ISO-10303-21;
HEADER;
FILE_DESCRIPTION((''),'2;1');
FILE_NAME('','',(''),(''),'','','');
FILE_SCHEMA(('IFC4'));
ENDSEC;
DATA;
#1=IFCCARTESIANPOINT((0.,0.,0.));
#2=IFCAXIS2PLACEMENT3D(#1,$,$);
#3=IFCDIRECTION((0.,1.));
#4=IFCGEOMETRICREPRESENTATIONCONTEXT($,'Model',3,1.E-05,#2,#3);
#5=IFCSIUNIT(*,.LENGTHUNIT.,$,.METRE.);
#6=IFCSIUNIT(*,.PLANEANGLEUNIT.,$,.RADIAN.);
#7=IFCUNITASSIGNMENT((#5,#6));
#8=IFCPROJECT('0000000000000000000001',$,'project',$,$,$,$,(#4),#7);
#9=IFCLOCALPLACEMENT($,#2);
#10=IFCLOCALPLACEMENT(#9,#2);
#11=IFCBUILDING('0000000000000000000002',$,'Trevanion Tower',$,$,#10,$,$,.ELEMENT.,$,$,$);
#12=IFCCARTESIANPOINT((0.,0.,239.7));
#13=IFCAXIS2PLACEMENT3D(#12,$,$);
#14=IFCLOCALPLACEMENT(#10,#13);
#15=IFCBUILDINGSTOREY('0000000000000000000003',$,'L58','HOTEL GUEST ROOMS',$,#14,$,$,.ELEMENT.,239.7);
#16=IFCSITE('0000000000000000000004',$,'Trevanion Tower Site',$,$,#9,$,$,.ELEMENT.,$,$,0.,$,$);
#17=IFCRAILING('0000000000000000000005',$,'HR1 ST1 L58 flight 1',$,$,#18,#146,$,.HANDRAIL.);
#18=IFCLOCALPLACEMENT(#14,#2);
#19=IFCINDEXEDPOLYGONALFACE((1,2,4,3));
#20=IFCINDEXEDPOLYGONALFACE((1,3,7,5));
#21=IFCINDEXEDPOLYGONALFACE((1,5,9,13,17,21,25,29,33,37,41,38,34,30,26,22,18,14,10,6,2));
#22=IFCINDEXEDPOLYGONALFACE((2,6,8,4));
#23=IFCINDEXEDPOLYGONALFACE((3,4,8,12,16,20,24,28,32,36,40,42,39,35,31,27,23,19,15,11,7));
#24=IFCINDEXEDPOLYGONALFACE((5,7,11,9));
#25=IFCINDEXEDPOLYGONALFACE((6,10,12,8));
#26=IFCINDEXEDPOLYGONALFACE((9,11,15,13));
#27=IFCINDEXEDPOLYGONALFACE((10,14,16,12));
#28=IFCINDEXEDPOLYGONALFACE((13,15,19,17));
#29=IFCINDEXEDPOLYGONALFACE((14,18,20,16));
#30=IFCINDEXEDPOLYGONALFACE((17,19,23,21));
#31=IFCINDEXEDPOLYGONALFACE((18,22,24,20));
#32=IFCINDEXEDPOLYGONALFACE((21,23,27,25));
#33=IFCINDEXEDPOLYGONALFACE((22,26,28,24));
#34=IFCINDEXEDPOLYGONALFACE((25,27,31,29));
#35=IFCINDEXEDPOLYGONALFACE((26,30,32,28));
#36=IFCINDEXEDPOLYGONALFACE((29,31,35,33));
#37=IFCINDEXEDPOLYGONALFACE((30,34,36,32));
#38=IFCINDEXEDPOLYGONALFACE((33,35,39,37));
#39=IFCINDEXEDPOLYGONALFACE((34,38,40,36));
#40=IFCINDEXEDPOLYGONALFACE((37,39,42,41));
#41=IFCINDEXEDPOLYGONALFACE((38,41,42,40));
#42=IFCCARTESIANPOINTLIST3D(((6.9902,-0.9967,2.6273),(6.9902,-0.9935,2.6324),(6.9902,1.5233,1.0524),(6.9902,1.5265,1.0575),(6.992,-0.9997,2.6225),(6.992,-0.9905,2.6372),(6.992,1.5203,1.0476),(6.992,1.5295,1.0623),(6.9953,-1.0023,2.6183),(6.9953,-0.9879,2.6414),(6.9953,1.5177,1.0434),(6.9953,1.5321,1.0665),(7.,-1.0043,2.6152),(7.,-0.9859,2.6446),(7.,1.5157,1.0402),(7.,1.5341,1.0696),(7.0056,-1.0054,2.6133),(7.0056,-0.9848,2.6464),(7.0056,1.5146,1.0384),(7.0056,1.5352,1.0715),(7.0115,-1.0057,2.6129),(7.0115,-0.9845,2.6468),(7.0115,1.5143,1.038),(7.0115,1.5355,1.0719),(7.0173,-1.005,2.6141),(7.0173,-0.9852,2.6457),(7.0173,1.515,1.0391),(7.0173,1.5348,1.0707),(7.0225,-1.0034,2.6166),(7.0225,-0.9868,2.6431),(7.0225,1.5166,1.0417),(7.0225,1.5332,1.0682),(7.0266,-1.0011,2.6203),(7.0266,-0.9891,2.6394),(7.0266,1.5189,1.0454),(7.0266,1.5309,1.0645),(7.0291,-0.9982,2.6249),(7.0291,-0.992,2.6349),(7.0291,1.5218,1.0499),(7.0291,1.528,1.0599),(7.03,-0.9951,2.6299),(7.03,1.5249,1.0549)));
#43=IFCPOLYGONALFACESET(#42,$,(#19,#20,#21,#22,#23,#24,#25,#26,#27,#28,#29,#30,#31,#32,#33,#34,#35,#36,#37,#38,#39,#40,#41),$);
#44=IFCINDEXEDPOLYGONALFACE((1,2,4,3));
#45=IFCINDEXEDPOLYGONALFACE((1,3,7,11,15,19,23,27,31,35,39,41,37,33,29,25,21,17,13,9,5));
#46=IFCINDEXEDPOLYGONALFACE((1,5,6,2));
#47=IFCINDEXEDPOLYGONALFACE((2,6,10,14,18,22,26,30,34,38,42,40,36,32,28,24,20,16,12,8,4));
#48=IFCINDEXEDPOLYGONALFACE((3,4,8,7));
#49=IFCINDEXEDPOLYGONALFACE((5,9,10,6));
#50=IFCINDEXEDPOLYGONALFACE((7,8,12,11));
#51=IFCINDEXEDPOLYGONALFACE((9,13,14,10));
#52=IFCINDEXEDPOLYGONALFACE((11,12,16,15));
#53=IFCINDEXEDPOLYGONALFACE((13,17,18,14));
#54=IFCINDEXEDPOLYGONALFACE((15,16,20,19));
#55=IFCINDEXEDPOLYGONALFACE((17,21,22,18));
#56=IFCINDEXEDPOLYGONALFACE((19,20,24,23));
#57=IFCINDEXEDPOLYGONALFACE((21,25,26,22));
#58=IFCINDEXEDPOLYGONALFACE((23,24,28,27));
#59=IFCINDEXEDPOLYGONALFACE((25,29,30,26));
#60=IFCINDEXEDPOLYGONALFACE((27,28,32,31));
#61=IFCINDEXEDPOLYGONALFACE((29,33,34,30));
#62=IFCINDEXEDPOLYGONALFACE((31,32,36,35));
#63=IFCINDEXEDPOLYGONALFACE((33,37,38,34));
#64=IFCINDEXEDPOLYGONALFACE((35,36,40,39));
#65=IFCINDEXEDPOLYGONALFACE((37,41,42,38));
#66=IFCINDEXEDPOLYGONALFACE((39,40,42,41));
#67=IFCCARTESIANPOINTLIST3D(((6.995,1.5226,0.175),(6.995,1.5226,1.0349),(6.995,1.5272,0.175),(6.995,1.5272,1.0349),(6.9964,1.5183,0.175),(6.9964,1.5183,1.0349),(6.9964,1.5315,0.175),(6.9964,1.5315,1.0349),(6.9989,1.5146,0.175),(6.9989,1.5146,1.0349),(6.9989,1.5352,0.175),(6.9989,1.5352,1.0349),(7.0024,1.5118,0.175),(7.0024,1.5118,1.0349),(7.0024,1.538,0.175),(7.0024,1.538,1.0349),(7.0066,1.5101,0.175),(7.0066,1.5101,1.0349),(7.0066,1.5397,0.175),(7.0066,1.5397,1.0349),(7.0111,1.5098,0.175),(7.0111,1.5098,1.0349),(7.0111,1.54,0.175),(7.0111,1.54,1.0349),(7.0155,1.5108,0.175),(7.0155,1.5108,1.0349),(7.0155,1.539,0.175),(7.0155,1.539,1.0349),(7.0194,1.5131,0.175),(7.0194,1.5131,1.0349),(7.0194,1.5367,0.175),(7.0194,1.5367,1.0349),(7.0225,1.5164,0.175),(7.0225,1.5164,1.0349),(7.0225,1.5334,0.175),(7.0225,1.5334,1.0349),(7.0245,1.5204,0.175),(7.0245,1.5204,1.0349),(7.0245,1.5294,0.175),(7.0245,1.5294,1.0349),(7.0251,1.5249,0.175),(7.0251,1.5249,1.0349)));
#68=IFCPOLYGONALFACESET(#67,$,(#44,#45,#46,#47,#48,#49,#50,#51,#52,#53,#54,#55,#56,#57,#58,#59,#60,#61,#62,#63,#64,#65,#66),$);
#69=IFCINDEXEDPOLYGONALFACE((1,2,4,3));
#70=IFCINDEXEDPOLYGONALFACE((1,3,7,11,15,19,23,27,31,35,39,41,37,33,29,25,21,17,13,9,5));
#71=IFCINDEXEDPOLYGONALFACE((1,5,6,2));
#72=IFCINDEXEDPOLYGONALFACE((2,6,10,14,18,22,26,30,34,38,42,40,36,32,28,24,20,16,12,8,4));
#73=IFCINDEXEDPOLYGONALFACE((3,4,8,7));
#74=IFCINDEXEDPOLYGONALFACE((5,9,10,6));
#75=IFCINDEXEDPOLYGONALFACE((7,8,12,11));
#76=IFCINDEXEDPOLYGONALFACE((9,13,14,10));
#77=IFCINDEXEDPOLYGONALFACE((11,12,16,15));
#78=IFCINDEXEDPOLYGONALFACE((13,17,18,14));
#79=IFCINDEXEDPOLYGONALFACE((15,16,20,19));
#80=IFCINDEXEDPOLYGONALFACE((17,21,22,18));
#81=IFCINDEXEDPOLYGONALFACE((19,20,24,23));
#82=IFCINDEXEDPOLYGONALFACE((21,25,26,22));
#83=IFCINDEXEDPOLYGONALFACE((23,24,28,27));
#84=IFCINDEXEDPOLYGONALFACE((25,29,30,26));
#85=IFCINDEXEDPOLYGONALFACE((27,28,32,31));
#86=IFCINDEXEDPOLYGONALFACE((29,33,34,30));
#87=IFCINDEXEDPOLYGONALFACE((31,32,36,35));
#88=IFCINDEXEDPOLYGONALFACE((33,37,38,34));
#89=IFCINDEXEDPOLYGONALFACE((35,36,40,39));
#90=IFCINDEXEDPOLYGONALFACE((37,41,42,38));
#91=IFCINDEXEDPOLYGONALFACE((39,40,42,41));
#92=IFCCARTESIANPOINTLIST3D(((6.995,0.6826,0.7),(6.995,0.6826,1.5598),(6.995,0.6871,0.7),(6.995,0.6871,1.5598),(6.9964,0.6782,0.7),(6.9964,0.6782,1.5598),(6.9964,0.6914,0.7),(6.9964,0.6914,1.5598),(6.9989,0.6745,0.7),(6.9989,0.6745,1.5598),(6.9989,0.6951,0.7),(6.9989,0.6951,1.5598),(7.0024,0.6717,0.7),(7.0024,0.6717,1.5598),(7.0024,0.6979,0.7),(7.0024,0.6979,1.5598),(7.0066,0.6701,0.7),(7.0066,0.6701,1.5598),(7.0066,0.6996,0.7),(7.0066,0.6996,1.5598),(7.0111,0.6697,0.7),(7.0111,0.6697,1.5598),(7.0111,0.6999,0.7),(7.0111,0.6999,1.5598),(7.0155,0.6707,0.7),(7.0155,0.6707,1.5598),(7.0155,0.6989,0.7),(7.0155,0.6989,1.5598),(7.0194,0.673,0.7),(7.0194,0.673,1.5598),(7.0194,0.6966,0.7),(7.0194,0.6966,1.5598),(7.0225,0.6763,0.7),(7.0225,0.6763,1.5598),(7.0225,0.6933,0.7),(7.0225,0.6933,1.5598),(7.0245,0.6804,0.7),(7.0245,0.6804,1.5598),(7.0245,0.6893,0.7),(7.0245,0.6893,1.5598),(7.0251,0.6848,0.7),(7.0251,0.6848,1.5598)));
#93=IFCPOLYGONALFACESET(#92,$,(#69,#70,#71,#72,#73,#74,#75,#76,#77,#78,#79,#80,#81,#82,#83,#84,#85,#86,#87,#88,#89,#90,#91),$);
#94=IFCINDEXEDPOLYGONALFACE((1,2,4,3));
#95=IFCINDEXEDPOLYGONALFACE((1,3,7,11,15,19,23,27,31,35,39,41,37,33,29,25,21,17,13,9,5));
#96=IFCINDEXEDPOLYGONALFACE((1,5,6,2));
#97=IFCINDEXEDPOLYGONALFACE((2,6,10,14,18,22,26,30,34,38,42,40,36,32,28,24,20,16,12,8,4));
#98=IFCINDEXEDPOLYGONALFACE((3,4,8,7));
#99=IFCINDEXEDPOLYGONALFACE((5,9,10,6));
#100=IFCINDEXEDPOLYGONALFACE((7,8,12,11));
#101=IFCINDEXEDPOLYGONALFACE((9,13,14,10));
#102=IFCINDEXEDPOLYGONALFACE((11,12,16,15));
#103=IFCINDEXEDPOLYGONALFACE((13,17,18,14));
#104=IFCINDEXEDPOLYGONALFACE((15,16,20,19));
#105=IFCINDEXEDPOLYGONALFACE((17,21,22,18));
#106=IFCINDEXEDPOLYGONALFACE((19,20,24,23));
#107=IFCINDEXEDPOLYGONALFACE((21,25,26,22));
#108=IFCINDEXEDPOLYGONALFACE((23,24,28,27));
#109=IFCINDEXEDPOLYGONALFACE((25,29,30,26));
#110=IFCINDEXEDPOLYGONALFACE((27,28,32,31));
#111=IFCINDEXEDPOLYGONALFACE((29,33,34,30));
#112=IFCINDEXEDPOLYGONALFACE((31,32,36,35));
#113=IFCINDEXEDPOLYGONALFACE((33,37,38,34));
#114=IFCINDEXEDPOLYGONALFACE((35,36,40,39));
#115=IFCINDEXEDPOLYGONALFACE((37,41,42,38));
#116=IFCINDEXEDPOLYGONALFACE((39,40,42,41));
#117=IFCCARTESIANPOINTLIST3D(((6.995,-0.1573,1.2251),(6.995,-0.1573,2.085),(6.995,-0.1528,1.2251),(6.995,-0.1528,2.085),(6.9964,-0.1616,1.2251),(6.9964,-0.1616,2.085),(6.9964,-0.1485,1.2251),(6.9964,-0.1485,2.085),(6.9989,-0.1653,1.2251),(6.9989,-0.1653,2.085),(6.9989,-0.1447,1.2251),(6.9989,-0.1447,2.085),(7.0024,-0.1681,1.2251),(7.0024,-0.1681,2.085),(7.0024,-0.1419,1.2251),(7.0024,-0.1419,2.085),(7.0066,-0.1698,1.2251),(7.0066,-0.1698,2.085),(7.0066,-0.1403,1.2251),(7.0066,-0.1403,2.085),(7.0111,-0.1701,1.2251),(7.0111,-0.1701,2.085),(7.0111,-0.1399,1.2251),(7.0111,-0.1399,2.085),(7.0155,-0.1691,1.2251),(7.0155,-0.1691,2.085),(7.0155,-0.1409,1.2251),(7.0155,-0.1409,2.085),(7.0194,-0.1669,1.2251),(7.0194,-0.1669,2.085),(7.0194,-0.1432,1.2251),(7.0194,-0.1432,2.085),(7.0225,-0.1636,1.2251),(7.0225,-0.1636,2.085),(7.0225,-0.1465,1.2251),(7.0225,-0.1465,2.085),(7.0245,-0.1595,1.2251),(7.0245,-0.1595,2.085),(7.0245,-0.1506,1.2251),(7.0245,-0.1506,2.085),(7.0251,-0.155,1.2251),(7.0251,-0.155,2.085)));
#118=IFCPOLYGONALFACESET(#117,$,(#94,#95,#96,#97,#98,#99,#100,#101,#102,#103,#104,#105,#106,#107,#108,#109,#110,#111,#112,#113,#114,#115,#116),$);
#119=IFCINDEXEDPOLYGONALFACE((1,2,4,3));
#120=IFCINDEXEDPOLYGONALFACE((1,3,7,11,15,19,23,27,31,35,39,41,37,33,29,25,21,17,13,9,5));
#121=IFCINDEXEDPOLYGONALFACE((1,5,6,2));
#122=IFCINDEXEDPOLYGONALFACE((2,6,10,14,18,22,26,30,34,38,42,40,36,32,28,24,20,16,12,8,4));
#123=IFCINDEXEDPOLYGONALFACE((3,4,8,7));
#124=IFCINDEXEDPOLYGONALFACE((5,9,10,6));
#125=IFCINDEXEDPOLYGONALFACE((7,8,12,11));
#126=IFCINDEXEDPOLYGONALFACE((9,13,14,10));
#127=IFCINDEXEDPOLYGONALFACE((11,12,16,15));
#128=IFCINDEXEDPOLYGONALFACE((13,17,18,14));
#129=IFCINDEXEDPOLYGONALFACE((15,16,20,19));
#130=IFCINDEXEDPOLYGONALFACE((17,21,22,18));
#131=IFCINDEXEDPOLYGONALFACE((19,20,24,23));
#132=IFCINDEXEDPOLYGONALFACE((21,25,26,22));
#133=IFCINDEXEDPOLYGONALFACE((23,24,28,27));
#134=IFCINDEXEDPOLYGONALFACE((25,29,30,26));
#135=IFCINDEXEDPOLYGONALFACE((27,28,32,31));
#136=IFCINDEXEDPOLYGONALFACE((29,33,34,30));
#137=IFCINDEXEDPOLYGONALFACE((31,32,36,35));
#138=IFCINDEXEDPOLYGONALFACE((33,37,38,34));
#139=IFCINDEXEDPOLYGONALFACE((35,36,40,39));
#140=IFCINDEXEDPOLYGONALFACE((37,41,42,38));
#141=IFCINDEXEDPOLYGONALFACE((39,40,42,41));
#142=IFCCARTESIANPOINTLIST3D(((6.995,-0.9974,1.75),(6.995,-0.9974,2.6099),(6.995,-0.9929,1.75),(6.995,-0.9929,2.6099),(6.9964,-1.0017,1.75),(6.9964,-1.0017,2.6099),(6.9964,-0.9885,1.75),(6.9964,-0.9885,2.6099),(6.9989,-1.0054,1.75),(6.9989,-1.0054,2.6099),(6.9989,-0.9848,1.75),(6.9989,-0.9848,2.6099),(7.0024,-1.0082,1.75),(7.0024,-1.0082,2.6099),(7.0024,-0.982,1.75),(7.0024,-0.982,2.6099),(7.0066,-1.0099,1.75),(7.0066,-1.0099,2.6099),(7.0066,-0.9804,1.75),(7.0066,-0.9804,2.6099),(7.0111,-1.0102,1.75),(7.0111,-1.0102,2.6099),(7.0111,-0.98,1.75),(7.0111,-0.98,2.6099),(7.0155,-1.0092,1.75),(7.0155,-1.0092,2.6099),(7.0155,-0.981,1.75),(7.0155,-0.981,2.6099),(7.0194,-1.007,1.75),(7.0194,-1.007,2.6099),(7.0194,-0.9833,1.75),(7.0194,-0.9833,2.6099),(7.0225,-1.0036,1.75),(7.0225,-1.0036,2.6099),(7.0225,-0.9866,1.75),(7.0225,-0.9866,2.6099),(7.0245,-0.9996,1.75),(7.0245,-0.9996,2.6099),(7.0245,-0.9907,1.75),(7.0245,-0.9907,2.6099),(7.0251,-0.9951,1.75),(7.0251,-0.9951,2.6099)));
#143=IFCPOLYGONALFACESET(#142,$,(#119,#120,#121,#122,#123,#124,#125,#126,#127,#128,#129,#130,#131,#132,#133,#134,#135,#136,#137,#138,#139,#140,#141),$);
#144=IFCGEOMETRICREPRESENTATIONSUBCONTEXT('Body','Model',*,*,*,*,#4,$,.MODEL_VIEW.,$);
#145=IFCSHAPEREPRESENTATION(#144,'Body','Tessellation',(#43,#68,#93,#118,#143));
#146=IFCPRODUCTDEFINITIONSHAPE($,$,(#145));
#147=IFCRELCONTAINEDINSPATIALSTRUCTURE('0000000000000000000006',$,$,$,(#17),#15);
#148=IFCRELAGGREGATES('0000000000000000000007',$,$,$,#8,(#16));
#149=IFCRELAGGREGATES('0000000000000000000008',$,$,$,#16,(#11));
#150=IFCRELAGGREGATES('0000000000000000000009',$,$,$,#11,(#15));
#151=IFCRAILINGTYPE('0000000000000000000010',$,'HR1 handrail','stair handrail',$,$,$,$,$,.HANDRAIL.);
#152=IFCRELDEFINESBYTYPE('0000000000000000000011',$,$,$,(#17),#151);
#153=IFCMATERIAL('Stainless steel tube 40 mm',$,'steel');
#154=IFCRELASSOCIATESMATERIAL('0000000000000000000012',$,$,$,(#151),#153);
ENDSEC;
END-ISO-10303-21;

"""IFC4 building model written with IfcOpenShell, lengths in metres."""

from ifc_helpers import new_model, si_unit, direction, frame, origin, origin_2d, place, context, subcontext, project, spatial, circle, extrude, material, type_object, element, save


model = new_model("IFC4")

# Units and contexts
model_context = context("Model", 3, precision=1e-05, world=origin(), true_north=direction((0.0, 1.0)))
body_context = subcontext(model_context, "Body", "Model", "MODEL_VIEW")
ifc_project = project(units=[si_unit("LENGTHUNIT", "METRE"), si_unit("PLANEANGLEUNIT", "RADIAN")], contexts=[model_context])

# Site, building, storey
site_placement = place(None, origin())
site = spatial("IfcSite", under=ifc_project, at=site_placement, Name="Trevanion Tower Site", CompositionType="ELEMENT", RefElevation=0.0)
building_placement = place(site_placement, origin())
building = spatial("IfcBuilding", under=site, at=building_placement, Name="Trevanion Tower", CompositionType="ELEMENT")
storey_placement = place(building_placement, frame((0.0, 0.0, 239.7)))
storey = spatial("IfcBuildingStorey", under=building, at=storey_placement, Name="L58", Description="HOTEL GUEST ROOMS", CompositionType="ELEMENT", Elevation=239.7)

# Railing
ifc_material_1 = material(Name="Stainless steel tube 40 mm", Category="steel")
railing_type = type_object("IfcRailingType", Name="HR1 handrail", Description="stair handrail", PredefinedType="HANDRAIL", material=ifc_material_1)
for number, where, name in (
    (1, (7.01, 1.5249, 0.175), "HR1 ST1 L58 flight 1"),
):
    element("IfcRailing", number, at=place(storey_placement, frame(where)), inside=storey, type_object=railing_type, Name=name, PredefinedType="HANDRAIL", context=body_context, shape_type="SweptSolid", body=[
        extrude(circle(Radius=0.02, at=origin_2d()), frame((0.0, 0.0, 0.8799), z_axis=(0.0, -0.848008, 0.529984), x_axis=(1.0, 0.0, 0.0)), (0.0, 0.0, 1.0), 2.9717),
        extrude(circle(Radius=0.0151, at=origin_2d()), origin(), (0.0, 0.0, 1.0), 0.8599),
        extrude(circle(Radius=0.0151, at=origin_2d()), frame((0.0, -0.8401, 0.5249)), (0.0, 0.0, 1.0), 0.8599),
        extrude(circle(Radius=0.0151, at=origin_2d()), frame((0.0, -1.6799, 1.05)), (0.0, 0.0, 1.0), 0.8599),
        extrude(circle(Radius=0.0151, at=origin_2d()), frame((0.0, -2.52, 1.575)), (0.0, 0.0, 1.0), 0.8599),
    ])

save(model, "model.ifc")
